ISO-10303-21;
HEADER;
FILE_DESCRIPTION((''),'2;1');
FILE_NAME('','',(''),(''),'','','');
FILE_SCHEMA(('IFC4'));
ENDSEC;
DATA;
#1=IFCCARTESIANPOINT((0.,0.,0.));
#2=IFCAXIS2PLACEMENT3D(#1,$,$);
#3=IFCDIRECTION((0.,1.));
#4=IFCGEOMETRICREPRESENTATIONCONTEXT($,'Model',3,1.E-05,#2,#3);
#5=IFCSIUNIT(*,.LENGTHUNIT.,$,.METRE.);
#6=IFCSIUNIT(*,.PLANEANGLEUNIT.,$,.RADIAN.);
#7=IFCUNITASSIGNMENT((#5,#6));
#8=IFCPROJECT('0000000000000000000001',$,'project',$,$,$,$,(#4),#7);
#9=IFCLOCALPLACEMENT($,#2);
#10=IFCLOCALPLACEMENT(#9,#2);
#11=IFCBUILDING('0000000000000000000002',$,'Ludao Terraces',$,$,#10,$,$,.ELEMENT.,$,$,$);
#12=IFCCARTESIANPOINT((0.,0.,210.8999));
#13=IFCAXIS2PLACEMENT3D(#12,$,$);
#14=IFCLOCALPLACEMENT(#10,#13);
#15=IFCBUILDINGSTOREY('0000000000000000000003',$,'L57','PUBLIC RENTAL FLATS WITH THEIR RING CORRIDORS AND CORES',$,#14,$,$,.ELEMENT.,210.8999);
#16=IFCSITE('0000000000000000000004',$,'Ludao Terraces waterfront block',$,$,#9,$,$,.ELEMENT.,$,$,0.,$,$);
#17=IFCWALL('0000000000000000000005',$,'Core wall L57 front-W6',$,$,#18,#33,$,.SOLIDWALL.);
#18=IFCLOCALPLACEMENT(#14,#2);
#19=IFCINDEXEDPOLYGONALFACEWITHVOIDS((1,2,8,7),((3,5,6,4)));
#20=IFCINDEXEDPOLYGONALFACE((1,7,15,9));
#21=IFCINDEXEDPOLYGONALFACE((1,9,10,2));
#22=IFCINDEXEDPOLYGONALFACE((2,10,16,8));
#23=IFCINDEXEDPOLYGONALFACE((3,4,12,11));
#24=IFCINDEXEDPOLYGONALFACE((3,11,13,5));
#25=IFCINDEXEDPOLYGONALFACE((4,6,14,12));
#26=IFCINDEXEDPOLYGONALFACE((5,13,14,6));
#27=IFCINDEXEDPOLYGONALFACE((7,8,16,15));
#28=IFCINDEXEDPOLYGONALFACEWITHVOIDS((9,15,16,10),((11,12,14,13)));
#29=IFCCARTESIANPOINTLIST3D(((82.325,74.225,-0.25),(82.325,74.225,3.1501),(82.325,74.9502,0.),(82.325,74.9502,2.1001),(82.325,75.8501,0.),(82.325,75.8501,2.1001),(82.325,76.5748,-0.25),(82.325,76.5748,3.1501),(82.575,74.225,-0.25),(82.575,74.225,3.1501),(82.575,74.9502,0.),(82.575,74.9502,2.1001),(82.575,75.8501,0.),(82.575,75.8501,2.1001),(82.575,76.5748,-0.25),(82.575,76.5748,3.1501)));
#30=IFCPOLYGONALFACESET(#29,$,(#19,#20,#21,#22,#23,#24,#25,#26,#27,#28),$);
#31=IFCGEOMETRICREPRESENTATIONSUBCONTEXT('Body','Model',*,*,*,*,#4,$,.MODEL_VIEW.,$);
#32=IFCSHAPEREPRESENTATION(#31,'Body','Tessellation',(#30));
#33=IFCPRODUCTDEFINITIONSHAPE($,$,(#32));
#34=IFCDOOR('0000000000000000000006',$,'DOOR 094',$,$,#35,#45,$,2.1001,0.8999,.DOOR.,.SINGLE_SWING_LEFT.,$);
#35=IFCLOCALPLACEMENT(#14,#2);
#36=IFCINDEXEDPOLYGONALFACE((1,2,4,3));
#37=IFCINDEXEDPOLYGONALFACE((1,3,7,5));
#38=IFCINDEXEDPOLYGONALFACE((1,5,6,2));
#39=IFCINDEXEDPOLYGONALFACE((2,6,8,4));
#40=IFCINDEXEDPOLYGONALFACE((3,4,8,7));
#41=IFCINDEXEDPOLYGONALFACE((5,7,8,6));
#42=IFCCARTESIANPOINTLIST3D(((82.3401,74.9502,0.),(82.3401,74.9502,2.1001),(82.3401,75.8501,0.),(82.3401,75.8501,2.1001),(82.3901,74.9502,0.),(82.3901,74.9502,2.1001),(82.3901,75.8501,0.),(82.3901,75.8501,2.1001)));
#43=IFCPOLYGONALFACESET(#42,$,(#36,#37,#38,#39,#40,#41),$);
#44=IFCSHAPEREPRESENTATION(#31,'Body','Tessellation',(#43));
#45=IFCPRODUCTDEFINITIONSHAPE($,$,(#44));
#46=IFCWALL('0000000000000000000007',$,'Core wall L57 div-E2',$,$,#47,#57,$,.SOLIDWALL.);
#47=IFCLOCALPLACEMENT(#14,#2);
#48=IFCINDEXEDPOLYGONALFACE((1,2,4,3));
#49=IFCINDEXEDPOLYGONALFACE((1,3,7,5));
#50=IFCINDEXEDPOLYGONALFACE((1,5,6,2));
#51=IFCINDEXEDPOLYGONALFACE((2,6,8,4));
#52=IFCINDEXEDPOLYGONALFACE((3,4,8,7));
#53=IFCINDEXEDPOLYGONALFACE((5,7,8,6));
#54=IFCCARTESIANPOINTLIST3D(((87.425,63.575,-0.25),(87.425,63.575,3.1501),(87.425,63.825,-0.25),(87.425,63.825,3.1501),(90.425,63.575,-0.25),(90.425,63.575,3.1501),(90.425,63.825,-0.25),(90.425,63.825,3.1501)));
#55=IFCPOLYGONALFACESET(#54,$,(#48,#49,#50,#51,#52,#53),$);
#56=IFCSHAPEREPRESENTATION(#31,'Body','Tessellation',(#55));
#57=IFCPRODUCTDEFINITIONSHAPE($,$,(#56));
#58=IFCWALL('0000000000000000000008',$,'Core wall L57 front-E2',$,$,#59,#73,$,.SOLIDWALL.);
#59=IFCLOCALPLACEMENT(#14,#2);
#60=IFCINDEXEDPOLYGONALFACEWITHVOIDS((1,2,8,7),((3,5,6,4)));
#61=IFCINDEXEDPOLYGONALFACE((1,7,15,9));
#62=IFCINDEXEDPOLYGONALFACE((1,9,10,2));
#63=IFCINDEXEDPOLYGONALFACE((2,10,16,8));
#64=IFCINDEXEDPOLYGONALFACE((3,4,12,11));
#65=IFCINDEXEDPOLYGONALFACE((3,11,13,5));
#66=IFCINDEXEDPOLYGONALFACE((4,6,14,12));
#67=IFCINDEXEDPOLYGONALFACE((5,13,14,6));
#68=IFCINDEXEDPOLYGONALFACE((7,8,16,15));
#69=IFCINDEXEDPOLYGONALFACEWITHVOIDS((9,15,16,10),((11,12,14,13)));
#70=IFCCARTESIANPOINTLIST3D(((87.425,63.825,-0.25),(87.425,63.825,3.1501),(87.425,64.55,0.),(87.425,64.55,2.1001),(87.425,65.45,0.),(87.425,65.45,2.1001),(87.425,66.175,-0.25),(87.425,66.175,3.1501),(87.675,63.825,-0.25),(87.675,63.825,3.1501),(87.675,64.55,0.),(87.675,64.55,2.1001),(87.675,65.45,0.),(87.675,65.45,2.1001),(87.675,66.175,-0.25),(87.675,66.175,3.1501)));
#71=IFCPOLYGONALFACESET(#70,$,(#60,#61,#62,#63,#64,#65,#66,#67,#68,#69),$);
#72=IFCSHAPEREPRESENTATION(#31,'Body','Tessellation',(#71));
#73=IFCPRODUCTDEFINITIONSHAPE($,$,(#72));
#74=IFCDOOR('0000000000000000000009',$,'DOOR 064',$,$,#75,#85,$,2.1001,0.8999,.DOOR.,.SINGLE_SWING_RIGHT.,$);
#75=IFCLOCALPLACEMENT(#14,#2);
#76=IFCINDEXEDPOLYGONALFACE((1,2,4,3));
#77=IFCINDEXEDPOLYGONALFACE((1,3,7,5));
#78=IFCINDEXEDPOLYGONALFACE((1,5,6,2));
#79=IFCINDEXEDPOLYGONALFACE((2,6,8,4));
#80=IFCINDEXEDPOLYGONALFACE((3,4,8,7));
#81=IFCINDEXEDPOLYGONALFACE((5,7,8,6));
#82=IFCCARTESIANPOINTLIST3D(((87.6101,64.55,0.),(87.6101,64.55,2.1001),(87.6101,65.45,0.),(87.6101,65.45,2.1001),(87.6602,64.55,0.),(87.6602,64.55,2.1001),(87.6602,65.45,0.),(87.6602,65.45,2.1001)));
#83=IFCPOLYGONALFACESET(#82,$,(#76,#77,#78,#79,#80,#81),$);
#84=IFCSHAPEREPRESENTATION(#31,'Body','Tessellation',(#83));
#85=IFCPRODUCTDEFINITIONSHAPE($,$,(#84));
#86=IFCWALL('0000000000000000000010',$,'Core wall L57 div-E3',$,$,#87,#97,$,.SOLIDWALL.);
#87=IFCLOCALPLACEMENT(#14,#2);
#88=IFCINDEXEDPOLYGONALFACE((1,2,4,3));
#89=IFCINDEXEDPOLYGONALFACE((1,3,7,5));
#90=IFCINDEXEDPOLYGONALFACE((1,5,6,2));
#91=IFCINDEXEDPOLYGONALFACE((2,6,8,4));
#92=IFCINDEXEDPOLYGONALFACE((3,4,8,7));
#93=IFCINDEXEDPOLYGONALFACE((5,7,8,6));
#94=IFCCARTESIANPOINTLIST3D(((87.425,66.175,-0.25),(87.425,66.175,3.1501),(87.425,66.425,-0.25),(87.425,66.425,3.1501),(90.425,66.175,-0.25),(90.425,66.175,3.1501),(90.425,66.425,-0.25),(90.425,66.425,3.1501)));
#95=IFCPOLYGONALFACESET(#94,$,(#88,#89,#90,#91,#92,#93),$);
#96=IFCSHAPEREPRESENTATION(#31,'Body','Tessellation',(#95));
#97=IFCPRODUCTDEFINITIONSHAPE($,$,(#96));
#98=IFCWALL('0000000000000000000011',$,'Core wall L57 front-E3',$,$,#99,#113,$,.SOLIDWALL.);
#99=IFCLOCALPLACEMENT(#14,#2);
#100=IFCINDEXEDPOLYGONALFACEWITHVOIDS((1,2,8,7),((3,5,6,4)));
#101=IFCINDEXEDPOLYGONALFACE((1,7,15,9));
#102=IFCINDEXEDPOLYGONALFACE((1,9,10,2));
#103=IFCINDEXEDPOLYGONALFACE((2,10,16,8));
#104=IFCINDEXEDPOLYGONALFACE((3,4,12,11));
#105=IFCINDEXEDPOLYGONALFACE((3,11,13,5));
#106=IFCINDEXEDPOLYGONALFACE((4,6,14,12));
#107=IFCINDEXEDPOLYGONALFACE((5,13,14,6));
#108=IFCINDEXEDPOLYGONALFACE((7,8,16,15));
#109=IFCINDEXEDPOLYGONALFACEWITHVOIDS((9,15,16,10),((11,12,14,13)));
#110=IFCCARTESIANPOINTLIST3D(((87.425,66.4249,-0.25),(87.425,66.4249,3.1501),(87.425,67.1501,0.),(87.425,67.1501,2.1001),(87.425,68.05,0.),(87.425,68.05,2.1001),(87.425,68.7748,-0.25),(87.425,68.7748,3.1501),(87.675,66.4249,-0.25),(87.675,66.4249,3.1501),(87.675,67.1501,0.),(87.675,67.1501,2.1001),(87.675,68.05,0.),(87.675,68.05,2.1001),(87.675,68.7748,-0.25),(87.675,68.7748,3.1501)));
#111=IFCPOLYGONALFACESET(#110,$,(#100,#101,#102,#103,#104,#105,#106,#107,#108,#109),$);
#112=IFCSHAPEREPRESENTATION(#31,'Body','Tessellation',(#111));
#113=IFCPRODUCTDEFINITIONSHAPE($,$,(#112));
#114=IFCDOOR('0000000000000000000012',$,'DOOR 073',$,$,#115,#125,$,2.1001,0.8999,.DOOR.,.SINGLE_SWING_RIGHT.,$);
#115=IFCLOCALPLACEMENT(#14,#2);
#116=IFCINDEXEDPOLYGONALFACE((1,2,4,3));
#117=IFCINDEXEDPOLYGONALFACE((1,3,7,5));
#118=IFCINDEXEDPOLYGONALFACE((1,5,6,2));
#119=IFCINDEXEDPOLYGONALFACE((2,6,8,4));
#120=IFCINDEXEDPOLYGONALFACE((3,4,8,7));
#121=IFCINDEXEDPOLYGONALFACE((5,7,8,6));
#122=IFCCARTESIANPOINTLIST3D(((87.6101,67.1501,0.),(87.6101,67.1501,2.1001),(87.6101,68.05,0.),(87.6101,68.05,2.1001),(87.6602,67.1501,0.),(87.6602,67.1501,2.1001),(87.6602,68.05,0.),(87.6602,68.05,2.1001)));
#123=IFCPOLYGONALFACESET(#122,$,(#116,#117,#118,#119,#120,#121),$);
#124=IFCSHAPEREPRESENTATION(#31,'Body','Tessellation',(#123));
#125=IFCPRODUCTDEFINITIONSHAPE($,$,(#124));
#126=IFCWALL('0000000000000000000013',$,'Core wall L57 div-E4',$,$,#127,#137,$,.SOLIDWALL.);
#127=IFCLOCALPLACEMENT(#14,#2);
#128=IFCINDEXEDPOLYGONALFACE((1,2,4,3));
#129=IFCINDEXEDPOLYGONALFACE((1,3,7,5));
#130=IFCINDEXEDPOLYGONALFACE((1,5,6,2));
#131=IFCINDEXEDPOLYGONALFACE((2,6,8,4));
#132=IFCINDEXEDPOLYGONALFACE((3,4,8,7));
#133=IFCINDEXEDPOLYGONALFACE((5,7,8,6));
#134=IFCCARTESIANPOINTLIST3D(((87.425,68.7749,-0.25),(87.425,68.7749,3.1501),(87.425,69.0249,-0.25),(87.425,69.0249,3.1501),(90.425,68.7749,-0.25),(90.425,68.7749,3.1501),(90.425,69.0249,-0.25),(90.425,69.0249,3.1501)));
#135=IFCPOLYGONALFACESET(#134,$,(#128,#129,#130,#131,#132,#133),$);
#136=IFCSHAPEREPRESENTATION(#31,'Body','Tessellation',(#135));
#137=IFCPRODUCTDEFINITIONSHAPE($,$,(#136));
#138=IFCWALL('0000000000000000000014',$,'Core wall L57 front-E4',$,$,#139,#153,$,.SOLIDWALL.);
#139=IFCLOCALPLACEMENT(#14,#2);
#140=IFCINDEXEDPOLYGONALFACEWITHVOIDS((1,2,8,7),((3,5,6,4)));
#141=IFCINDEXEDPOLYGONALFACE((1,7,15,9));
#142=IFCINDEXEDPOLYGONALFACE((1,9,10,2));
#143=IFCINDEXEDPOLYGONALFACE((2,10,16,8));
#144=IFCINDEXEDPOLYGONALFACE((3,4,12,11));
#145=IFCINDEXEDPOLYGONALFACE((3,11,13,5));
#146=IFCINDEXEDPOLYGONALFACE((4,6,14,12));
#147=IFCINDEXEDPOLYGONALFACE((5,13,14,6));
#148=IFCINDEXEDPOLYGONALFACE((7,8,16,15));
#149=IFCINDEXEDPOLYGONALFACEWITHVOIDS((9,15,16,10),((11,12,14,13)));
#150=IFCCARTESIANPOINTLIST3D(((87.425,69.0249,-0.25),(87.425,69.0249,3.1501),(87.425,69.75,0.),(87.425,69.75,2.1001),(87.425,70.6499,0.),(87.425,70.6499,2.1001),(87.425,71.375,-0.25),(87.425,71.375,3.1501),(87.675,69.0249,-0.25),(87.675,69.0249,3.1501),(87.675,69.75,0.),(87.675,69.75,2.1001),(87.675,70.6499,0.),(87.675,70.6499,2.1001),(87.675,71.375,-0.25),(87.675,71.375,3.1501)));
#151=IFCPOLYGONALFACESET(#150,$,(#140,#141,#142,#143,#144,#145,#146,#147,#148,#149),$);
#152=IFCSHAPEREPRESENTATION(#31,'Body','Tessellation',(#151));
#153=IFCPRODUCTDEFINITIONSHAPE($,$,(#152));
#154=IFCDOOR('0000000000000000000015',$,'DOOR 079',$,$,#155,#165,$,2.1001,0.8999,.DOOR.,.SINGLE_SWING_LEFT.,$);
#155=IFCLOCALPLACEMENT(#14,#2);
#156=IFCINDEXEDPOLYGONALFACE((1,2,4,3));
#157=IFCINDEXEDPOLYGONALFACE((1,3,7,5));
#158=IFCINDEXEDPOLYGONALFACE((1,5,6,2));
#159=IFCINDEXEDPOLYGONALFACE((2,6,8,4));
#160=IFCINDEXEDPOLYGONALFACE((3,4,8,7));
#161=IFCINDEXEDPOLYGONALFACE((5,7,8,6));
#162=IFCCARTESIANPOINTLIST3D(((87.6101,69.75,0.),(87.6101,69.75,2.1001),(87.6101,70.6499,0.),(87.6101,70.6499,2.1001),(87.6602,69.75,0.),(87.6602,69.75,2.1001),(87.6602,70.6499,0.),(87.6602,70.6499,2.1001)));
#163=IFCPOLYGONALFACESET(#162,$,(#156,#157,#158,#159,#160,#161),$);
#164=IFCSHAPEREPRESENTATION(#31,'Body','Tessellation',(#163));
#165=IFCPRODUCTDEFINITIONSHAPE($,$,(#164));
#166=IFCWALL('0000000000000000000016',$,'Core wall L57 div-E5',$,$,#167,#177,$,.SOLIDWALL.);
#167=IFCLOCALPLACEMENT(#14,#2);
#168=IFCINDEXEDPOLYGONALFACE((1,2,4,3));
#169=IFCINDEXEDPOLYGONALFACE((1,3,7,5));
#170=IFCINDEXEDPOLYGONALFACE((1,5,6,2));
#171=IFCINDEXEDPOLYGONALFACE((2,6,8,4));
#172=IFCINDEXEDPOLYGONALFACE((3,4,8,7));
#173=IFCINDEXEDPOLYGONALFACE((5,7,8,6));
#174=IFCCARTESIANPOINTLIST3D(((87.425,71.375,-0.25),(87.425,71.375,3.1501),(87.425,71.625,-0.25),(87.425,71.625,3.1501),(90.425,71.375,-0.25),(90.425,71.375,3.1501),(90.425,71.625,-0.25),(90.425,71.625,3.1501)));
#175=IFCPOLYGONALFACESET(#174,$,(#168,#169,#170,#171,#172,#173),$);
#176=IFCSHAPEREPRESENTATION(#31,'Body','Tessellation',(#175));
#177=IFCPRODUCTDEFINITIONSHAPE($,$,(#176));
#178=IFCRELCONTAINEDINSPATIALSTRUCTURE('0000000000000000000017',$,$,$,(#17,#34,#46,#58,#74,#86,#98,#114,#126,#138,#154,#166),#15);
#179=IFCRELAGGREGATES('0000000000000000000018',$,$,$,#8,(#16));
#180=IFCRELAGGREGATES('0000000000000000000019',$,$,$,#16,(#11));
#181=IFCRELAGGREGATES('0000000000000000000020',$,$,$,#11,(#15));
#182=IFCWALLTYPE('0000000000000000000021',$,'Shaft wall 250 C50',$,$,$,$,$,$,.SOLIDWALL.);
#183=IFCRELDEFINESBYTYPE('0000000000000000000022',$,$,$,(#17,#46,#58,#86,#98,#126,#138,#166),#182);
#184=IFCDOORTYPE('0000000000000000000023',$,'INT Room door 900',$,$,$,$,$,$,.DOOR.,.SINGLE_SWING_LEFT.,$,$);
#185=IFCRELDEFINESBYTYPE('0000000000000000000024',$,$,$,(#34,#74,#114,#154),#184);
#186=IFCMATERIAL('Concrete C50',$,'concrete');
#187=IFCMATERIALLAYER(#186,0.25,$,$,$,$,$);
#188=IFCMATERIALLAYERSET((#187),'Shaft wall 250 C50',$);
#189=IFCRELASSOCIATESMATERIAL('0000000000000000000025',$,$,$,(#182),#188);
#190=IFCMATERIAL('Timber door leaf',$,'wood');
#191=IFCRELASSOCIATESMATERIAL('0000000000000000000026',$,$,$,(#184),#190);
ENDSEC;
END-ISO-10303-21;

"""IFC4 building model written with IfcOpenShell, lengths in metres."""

from ifc_helpers import new_model, si_unit, direction, frame, frame_2d, origin, place, context, subcontext, project, spatial, rectangle, extrude, material, layer, layer_set, type_object, element, fill, save


model = new_model("IFC4")

# Units and contexts
model_context = context("Model", 3, precision=1e-05, world=origin(), true_north=direction((0.0, 1.0)))
body_context = subcontext(model_context, "Body", "Model", "MODEL_VIEW")
ifc_project = project(units=[si_unit("LENGTHUNIT", "METRE"), si_unit("PLANEANGLEUNIT", "RADIAN")], contexts=[model_context])

# Site, building, storey
site_placement = place(None, origin())
site = spatial("IfcSite", under=ifc_project, at=site_placement, Name="Ludao Terraces waterfront block", CompositionType="ELEMENT", RefElevation=0.0)
building_placement = place(site_placement, origin())
building = spatial("IfcBuilding", under=site, at=building_placement, Name="Ludao Terraces", CompositionType="ELEMENT")
storey_placement = place(building_placement, frame((0.0, 0.0, 210.8999)))
storey = spatial("IfcBuildingStorey", under=building, at=storey_placement, Name="L57", Description="PUBLIC RENTAL FLATS WITH THEIR RING CORRIDORS AND CORES", CompositionType="ELEMENT", Elevation=210.8999)

# Wall, opening, door
ifc_material_1 = material(Name="Concrete C50", Category="concrete")
ifc_layer_1 = layer(ifc_material_1, 0.25)
ifc_layer_set_1 = layer_set([ifc_layer_1], Name="Shaft wall 250 C50")
wall_type_1 = type_object("IfcWallType", Name="Shaft wall 250 C50", PredefinedType="SOLIDWALL", material=ifc_layer_set_1)
ifc_material_2 = material(Name="Timber door leaf", Category="wood")
door_type_1 = type_object("IfcDoorType", Name="INT Room door 900", OperationType="SINGLE_SWING_LEFT", PredefinedType="DOOR", material=ifc_material_2)
wall_1_placement = place(storey_placement, frame((82.45, 74.2251, -0.25), z_axis=(0.0, 0.0, 1.0), x_axis=(0.0, 1.0, 0.0)))
wall_1 = element("IfcWall", 1, at=wall_1_placement, inside=storey, type_object=wall_type_1, Name="Core wall L57 front-W6", PredefinedType="SOLIDWALL", context=body_context, shape_type="SweptSolid", body=[
    extrude(rectangle(XDim=2.3499, YDim=0.25, at=frame_2d((1.1748, 0.0))), origin(), (0.0, 0.0, 1.0), 3.4001),
])
opening_1_placement = place(wall_1_placement, frame((0.7251, 0.0, 0.25)))
opening_1 = element("IfcOpeningElement", 2, at=opening_1_placement, cuts=wall_1, PredefinedType="OPENING", context=body_context, shape_type="SweptSolid", body=[
    extrude(rectangle(XDim=0.8999, YDim=2.1001, at=frame_2d((0.45, 1.05))), frame((0.0, 0.135, 0.0), z_axis=(0.0, -1.0, 0.0), x_axis=(1.0, 0.0, 0.0)), (0.0, 0.0, 1.0), 0.27),
])
door_1_placement = place(opening_1_placement, origin())
door_1 = element("IfcDoor", 3, at=door_1_placement, inside=storey, type_object=door_type_1, Name="DOOR 094", OperationType="SINGLE_SWING_LEFT", OverallHeight=2.1001, OverallWidth=0.8999, PredefinedType="DOOR", context=body_context, shape_type="SweptSolid", body=[
    extrude(rectangle(XDim=0.8999, YDim=2.1001, at=frame_2d((0.45, 1.05))), frame((0.0, 0.1099, 0.0), z_axis=(0.0, -1.0, 0.0), x_axis=(1.0, 0.0, 0.0)), (0.0, 0.0, 1.0), 0.05),
])
fill(opening_1, door_1)

# Wall
wall_2_placement = place(storey_placement, frame((87.425, 63.7, -0.25), z_axis=(0.0, 0.0, 1.0), x_axis=(1.0, 0.0, 0.0)))
element("IfcWall", 4, at=wall_2_placement, inside=storey, type_object=wall_type_1, Name="Core wall L57 div-E2", PredefinedType="SOLIDWALL", context=body_context, shape_type="SweptSolid", body=[
    extrude(rectangle(XDim=3.0, YDim=0.25, at=frame_2d((1.5, 0.0))), origin(), (0.0, 0.0, 1.0), 3.4001),
])

# Wall, opening, door
wall_3_placement = place(storey_placement, frame((87.55, 63.825, -0.25), z_axis=(0.0, 0.0, 1.0), x_axis=(0.0, 1.0, 0.0)))
wall_3 = element("IfcWall", 5, at=wall_3_placement, inside=storey, type_object=wall_type_1, Name="Core wall L57 front-E2", PredefinedType="SOLIDWALL", context=body_context, shape_type="SweptSolid", body=[
    extrude(rectangle(XDim=2.3501, YDim=0.25, at=frame_2d((1.175, 0.0))), origin(), (0.0, 0.0, 1.0), 3.4001),
])
opening_2_placement = place(wall_3_placement, frame((0.7251, 0.0, 0.25)))
opening_2 = element("IfcOpeningElement", 6, at=opening_2_placement, cuts=wall_3, PredefinedType="OPENING", context=body_context, shape_type="SweptSolid", body=[
    extrude(rectangle(XDim=0.8999, YDim=2.1001, at=frame_2d((0.45, 1.05))), frame((0.0, 0.135, 0.0), z_axis=(0.0, -1.0, 0.0), x_axis=(1.0, 0.0, 0.0)), (0.0, 0.0, 1.0), 0.27),
])
door_2_placement = place(opening_2_placement, origin())
door_2 = element("IfcDoor", 7, at=door_2_placement, inside=storey, type_object=door_type_1, Name="DOOR 064", OperationType="SINGLE_SWING_RIGHT", OverallHeight=2.1001, OverallWidth=0.8999, PredefinedType="DOOR", context=body_context, shape_type="SweptSolid", body=[
    extrude(rectangle(XDim=0.8999, YDim=2.1001, at=frame_2d((0.45, 1.05))), frame((0.0, -0.0601, 0.0), z_axis=(0.0, -1.0, 0.0), x_axis=(1.0, 0.0, 0.0)), (0.0, 0.0, 1.0), 0.05),
])
fill(opening_2, door_2)

# Wall
wall_4_placement = place(storey_placement, frame((87.425, 66.3, -0.25), z_axis=(0.0, 0.0, 1.0), x_axis=(1.0, 0.0, 0.0)))
element("IfcWall", 8, at=wall_4_placement, inside=storey, type_object=wall_type_1, Name="Core wall L57 div-E3", PredefinedType="SOLIDWALL", context=body_context, shape_type="SweptSolid", body=[
    extrude(rectangle(XDim=3.0, YDim=0.25, at=frame_2d((1.5, 0.0))), origin(), (0.0, 0.0, 1.0), 3.4001),
])

# Wall, opening, door
wall_5_placement = place(storey_placement, frame((87.55, 66.425, -0.25), z_axis=(0.0, 0.0, 1.0), x_axis=(0.0, 1.0, 0.0)))
wall_5 = element("IfcWall", 9, at=wall_5_placement, inside=storey, type_object=wall_type_1, Name="Core wall L57 front-E3", PredefinedType="SOLIDWALL", context=body_context, shape_type="SweptSolid", body=[
    extrude(rectangle(XDim=2.3499, YDim=0.25, at=frame_2d((1.1748, 0.0))), origin(), (0.0, 0.0, 1.0), 3.4001),
])
opening_3_placement = place(wall_5_placement, frame((0.7251, 0.0, 0.25)))
opening_3 = element("IfcOpeningElement", 10, at=opening_3_placement, cuts=wall_5, PredefinedType="OPENING", context=body_context, shape_type="SweptSolid", body=[
    extrude(rectangle(XDim=0.8999, YDim=2.1001, at=frame_2d((0.45, 1.05))), frame((0.0, 0.135, 0.0), z_axis=(0.0, -1.0, 0.0), x_axis=(1.0, 0.0, 0.0)), (0.0, 0.0, 1.0), 0.27),
])
door_3_placement = place(opening_3_placement, origin())
door_3 = element("IfcDoor", 11, at=door_3_placement, inside=storey, type_object=door_type_1, Name="DOOR 073", OperationType="SINGLE_SWING_RIGHT", OverallHeight=2.1001, OverallWidth=0.8999, PredefinedType="DOOR", context=body_context, shape_type="SweptSolid", body=[
    extrude(rectangle(XDim=0.8999, YDim=2.1001, at=frame_2d((0.45, 1.05))), frame((0.0, -0.0601, 0.0), z_axis=(0.0, -1.0, 0.0), x_axis=(1.0, 0.0, 0.0)), (0.0, 0.0, 1.0), 0.05),
])
fill(opening_3, door_3)

# Wall
wall_6_placement = place(storey_placement, frame((87.425, 68.8999, -0.25), z_axis=(0.0, 0.0, 1.0), x_axis=(1.0, 0.0, 0.0)))
element("IfcWall", 12, at=wall_6_placement, inside=storey, type_object=wall_type_1, Name="Core wall L57 div-E4", PredefinedType="SOLIDWALL", context=body_context, shape_type="SweptSolid", body=[
    extrude(rectangle(XDim=3.0, YDim=0.25, at=frame_2d((1.5, 0.0))), origin(), (0.0, 0.0, 1.0), 3.4001),
])

# Wall, opening, door
wall_7_placement = place(storey_placement, frame((87.55, 69.0249, -0.25), z_axis=(0.0, 0.0, 1.0), x_axis=(0.0, 1.0, 0.0)))
wall_7 = element("IfcWall", 13, at=wall_7_placement, inside=storey, type_object=wall_type_1, Name="Core wall L57 front-E4", PredefinedType="SOLIDWALL", context=body_context, shape_type="SweptSolid", body=[
    extrude(rectangle(XDim=2.3501, YDim=0.25, at=frame_2d((1.175, 0.0))), origin(), (0.0, 0.0, 1.0), 3.4001),
])
opening_4_placement = place(wall_7_placement, frame((0.7251, 0.0, 0.25)))
opening_4 = element("IfcOpeningElement", 14, at=opening_4_placement, cuts=wall_7, PredefinedType="OPENING", context=body_context, shape_type="SweptSolid", body=[
    extrude(rectangle(XDim=0.8999, YDim=2.1001, at=frame_2d((0.45, 1.05))), frame((0.0, 0.135, 0.0), z_axis=(0.0, -1.0, 0.0), x_axis=(1.0, 0.0, 0.0)), (0.0, 0.0, 1.0), 0.27),
])
door_4_placement = place(opening_4_placement, origin())
door_4 = element("IfcDoor", 15, at=door_4_placement, inside=storey, type_object=door_type_1, Name="DOOR 079", OperationType="SINGLE_SWING_LEFT", OverallHeight=2.1001, OverallWidth=0.8999, PredefinedType="DOOR", context=body_context, shape_type="SweptSolid", body=[
    extrude(rectangle(XDim=0.8999, YDim=2.1001, at=frame_2d((0.45, 1.05))), frame((0.0, -0.0601, 0.0), z_axis=(0.0, -1.0, 0.0), x_axis=(1.0, 0.0, 0.0)), (0.0, 0.0, 1.0), 0.05),
])
fill(opening_4, door_4)

# Wall
wall_8_placement = place(storey_placement, frame((87.425, 71.5, -0.25), z_axis=(0.0, 0.0, 1.0), x_axis=(1.0, 0.0, 0.0)))
element("IfcWall", 16, at=wall_8_placement, inside=storey, type_object=wall_type_1, Name="Core wall L57 div-E5", PredefinedType="SOLIDWALL", context=body_context, shape_type="SweptSolid", body=[
    extrude(rectangle(XDim=3.0, YDim=0.25, at=frame_2d((1.5, 0.0))), origin(), (0.0, 0.0, 1.0), 3.4001),
])

save(model, "model.ifc")
